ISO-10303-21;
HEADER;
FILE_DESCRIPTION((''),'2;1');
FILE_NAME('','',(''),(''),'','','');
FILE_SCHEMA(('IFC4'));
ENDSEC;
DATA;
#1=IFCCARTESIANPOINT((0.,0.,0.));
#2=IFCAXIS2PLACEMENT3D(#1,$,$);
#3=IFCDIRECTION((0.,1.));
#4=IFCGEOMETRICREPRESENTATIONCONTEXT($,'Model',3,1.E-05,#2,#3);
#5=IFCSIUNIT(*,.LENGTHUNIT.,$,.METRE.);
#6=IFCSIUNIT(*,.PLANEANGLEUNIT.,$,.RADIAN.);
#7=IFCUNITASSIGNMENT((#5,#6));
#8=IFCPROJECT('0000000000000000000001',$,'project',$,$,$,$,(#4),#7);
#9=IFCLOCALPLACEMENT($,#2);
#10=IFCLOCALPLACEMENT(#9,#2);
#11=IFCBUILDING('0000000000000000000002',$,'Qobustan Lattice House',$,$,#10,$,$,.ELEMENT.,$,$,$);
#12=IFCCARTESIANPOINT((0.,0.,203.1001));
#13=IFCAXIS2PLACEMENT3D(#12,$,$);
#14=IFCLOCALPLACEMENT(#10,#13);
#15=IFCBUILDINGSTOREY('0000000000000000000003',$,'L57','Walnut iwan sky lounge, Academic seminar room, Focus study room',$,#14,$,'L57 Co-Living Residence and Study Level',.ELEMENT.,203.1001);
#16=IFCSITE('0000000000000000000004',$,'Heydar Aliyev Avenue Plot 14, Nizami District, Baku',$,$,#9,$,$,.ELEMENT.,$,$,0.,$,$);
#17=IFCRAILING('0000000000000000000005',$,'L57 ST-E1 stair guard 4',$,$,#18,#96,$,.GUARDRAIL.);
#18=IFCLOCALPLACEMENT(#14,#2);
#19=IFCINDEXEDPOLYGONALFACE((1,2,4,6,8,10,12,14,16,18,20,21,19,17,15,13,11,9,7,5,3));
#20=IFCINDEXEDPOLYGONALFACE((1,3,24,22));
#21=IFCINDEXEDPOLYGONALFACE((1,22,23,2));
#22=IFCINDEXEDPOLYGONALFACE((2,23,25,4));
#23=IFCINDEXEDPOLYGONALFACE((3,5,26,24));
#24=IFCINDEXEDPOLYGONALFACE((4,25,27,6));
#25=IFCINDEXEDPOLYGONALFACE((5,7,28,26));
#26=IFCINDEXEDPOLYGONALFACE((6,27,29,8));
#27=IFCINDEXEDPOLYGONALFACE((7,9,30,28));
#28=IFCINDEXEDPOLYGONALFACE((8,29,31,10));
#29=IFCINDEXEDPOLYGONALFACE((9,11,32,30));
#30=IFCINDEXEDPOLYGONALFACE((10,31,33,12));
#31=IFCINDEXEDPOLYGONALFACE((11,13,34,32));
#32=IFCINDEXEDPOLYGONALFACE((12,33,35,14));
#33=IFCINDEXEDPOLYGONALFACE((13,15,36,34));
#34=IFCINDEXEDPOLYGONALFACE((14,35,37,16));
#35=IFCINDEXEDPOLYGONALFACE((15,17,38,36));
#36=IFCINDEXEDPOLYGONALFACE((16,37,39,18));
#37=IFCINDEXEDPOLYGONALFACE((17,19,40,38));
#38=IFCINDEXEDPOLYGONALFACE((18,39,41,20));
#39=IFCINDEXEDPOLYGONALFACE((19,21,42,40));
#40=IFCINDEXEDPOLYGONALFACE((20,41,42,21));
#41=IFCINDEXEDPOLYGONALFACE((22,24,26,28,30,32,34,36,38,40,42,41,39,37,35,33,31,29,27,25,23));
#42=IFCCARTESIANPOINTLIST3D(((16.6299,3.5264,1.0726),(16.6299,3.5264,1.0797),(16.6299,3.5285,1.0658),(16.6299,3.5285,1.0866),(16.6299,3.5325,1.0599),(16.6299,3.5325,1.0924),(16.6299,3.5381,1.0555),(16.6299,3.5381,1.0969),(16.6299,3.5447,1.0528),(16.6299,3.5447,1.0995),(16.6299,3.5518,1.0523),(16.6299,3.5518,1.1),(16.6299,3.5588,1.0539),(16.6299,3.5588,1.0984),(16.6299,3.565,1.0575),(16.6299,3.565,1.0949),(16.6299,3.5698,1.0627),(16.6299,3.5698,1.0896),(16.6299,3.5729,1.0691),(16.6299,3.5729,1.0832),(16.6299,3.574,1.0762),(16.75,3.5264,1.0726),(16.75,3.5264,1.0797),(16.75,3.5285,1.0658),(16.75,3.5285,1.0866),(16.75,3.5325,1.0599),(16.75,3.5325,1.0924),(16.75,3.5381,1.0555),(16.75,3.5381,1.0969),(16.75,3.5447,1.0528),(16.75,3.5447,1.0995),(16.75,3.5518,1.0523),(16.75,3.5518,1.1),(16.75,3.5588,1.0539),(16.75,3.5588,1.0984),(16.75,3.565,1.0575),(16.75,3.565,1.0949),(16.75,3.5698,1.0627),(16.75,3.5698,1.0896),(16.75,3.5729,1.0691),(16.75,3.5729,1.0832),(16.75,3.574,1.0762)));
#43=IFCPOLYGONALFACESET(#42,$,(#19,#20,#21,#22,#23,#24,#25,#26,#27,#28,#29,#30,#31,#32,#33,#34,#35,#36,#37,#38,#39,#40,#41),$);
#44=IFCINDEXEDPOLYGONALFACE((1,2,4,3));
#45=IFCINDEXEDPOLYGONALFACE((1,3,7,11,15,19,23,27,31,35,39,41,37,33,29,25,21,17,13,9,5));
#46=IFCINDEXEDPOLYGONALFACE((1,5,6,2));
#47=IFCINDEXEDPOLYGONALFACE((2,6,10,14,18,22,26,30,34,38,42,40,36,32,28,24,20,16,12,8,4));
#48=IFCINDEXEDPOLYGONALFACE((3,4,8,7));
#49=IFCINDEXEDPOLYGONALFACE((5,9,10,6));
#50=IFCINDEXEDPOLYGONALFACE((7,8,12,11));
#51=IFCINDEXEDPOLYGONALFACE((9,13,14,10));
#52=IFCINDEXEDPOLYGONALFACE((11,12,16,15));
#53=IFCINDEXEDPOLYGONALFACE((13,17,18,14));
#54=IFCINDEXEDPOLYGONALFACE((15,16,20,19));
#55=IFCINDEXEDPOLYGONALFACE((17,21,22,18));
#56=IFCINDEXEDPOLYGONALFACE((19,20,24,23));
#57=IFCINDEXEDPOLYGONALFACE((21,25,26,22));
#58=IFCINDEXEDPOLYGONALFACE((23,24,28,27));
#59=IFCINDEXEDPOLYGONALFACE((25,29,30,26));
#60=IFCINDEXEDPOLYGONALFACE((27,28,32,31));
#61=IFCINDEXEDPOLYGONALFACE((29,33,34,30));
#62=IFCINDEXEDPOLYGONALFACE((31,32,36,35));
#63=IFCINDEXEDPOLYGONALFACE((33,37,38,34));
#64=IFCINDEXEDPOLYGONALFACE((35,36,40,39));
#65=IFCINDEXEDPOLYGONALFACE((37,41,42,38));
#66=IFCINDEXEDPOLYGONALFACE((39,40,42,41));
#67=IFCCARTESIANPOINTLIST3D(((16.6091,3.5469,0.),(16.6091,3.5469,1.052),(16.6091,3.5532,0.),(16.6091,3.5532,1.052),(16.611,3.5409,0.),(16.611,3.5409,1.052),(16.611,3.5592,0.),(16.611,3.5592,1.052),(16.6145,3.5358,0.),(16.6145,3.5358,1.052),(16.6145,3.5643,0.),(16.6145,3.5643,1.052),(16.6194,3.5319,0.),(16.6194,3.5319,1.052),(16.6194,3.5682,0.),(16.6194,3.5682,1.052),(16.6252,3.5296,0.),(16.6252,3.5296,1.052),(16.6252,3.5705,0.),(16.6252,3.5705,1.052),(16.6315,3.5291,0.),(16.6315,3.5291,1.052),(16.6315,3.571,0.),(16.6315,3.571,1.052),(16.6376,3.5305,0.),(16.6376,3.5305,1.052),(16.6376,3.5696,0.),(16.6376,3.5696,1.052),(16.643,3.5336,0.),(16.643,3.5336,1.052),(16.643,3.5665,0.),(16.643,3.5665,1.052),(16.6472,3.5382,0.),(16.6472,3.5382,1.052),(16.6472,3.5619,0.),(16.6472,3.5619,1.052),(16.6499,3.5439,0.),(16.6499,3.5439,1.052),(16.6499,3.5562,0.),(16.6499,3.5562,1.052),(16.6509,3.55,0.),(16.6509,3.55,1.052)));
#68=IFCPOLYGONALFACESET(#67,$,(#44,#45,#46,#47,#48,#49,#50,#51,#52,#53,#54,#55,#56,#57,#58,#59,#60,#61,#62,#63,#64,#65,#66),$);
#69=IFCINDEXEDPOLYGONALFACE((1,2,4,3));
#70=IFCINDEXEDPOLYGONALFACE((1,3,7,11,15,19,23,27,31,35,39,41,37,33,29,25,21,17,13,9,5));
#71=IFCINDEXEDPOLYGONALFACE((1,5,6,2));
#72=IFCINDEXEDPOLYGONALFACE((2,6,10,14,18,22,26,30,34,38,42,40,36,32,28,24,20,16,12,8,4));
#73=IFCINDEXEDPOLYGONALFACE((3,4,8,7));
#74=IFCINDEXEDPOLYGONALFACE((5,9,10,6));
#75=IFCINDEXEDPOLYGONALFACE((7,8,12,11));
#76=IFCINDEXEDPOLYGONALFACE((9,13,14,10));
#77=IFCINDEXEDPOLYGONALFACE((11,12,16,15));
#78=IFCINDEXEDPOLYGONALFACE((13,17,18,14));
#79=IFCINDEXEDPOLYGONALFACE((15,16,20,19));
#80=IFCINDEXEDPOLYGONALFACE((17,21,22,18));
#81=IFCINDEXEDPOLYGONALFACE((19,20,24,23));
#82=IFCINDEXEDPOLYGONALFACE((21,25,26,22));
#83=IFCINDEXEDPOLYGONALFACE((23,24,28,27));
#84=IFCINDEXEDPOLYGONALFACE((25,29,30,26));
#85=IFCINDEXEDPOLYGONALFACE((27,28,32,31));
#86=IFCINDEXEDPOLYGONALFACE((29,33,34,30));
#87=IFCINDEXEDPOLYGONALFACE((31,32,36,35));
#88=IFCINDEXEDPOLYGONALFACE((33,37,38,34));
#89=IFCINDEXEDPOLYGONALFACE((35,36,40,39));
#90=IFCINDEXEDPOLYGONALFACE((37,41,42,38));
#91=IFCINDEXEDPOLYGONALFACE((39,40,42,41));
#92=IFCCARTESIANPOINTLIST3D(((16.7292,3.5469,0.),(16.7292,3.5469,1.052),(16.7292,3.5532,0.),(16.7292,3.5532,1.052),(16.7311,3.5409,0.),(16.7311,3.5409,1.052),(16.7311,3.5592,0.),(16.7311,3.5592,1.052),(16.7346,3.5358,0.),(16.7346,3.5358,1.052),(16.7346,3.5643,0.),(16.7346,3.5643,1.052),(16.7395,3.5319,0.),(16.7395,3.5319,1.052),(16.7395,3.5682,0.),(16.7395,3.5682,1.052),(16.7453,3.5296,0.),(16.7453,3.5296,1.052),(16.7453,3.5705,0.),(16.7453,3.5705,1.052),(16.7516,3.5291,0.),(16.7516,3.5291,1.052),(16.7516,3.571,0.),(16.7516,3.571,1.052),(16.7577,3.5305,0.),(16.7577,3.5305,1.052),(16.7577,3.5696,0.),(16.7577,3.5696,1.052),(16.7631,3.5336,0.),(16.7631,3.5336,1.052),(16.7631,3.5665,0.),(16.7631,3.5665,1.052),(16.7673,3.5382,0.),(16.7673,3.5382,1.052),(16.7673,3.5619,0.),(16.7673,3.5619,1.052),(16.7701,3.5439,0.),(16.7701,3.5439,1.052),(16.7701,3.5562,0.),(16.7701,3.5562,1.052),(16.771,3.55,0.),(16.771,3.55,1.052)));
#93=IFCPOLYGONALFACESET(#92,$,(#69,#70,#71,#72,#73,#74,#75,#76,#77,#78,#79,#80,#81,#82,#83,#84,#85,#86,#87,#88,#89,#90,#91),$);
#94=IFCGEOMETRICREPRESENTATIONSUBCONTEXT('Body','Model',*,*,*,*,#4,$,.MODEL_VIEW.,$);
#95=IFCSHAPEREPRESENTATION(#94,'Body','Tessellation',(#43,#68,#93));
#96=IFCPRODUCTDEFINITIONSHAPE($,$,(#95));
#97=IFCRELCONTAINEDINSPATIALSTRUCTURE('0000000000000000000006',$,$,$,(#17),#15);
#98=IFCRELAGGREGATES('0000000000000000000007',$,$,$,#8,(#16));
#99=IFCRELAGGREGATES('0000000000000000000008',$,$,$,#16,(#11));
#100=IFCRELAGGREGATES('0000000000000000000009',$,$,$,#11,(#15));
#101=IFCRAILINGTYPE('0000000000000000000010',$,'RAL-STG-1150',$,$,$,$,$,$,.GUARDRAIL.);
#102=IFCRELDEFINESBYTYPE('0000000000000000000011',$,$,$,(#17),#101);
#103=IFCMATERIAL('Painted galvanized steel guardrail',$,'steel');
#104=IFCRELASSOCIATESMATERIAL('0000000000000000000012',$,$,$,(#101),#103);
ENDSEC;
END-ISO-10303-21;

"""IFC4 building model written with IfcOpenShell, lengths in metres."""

from ifc_helpers import new_model, si_unit, direction, frame, origin, origin_2d, place, context, subcontext, project, spatial, circle, extrude, material, type_object, element, save


model = new_model("IFC4")

# Units and contexts
model_context = context("Model", 3, precision=1e-05, world=origin(), true_north=direction((0.0, 1.0)))
body_context = subcontext(model_context, "Body", "Model", "MODEL_VIEW")
ifc_project = project(units=[si_unit("LENGTHUNIT", "METRE"), si_unit("PLANEANGLEUNIT", "RADIAN")], contexts=[model_context])

# Site, building, storey
site_placement = place(None, origin())
site = spatial("IfcSite", under=ifc_project, at=site_placement, Name="Heydar Aliyev Avenue Plot 14, Nizami District, Baku", CompositionType="ELEMENT", RefElevation=0.0)
building_placement = place(site_placement, origin())
building = spatial("IfcBuilding", under=site, at=building_placement, Name="Qobustan Lattice House", CompositionType="ELEMENT")
storey_placement = place(building_placement, frame((0.0, 0.0, 203.1001)))
storey = spatial("IfcBuildingStorey", under=building, at=storey_placement, Name="L57", Description="Walnut iwan sky lounge, Academic seminar room, Focus study room", LongName="L57 Co-Living Residence and Study Level", CompositionType="ELEMENT", Elevation=203.1001)

# Railing
ifc_material_1 = material(Name="Painted galvanized steel guardrail", Category="steel")
railing_type_1 = type_object("IfcRailingType", Name="RAL-STG-1150", PredefinedType="GUARDRAIL", material=ifc_material_1)
railing_1_placement = place(storey_placement, frame((16.6299, 3.55, 0.0)))
element("IfcRailing", 1, at=railing_1_placement, inside=storey, type_object=railing_type_1, Name="L57 ST-E1 stair guard 4", PredefinedType="GUARDRAIL", context=body_context, shape_type="SweptSolid", body=[
    extrude(circle(Radius=0.0239, at=origin_2d()), frame((0.0, 0.0, 1.0762), z_axis=(1.0, 0.0, 0.0), x_axis=(0.0, 1.0, 0.0)), (0.0, 0.0, 1.0), 0.1201),
    extrude(circle(Radius=0.021, at=origin_2d()), origin(), (0.0, 0.0, 1.0), 1.052),
    extrude(circle(Radius=0.021, at=origin_2d()), frame((0.1201, 0.0, 0.0)), (0.0, 0.0, 1.0), 1.052),
])

save(model, "model.ifc")
